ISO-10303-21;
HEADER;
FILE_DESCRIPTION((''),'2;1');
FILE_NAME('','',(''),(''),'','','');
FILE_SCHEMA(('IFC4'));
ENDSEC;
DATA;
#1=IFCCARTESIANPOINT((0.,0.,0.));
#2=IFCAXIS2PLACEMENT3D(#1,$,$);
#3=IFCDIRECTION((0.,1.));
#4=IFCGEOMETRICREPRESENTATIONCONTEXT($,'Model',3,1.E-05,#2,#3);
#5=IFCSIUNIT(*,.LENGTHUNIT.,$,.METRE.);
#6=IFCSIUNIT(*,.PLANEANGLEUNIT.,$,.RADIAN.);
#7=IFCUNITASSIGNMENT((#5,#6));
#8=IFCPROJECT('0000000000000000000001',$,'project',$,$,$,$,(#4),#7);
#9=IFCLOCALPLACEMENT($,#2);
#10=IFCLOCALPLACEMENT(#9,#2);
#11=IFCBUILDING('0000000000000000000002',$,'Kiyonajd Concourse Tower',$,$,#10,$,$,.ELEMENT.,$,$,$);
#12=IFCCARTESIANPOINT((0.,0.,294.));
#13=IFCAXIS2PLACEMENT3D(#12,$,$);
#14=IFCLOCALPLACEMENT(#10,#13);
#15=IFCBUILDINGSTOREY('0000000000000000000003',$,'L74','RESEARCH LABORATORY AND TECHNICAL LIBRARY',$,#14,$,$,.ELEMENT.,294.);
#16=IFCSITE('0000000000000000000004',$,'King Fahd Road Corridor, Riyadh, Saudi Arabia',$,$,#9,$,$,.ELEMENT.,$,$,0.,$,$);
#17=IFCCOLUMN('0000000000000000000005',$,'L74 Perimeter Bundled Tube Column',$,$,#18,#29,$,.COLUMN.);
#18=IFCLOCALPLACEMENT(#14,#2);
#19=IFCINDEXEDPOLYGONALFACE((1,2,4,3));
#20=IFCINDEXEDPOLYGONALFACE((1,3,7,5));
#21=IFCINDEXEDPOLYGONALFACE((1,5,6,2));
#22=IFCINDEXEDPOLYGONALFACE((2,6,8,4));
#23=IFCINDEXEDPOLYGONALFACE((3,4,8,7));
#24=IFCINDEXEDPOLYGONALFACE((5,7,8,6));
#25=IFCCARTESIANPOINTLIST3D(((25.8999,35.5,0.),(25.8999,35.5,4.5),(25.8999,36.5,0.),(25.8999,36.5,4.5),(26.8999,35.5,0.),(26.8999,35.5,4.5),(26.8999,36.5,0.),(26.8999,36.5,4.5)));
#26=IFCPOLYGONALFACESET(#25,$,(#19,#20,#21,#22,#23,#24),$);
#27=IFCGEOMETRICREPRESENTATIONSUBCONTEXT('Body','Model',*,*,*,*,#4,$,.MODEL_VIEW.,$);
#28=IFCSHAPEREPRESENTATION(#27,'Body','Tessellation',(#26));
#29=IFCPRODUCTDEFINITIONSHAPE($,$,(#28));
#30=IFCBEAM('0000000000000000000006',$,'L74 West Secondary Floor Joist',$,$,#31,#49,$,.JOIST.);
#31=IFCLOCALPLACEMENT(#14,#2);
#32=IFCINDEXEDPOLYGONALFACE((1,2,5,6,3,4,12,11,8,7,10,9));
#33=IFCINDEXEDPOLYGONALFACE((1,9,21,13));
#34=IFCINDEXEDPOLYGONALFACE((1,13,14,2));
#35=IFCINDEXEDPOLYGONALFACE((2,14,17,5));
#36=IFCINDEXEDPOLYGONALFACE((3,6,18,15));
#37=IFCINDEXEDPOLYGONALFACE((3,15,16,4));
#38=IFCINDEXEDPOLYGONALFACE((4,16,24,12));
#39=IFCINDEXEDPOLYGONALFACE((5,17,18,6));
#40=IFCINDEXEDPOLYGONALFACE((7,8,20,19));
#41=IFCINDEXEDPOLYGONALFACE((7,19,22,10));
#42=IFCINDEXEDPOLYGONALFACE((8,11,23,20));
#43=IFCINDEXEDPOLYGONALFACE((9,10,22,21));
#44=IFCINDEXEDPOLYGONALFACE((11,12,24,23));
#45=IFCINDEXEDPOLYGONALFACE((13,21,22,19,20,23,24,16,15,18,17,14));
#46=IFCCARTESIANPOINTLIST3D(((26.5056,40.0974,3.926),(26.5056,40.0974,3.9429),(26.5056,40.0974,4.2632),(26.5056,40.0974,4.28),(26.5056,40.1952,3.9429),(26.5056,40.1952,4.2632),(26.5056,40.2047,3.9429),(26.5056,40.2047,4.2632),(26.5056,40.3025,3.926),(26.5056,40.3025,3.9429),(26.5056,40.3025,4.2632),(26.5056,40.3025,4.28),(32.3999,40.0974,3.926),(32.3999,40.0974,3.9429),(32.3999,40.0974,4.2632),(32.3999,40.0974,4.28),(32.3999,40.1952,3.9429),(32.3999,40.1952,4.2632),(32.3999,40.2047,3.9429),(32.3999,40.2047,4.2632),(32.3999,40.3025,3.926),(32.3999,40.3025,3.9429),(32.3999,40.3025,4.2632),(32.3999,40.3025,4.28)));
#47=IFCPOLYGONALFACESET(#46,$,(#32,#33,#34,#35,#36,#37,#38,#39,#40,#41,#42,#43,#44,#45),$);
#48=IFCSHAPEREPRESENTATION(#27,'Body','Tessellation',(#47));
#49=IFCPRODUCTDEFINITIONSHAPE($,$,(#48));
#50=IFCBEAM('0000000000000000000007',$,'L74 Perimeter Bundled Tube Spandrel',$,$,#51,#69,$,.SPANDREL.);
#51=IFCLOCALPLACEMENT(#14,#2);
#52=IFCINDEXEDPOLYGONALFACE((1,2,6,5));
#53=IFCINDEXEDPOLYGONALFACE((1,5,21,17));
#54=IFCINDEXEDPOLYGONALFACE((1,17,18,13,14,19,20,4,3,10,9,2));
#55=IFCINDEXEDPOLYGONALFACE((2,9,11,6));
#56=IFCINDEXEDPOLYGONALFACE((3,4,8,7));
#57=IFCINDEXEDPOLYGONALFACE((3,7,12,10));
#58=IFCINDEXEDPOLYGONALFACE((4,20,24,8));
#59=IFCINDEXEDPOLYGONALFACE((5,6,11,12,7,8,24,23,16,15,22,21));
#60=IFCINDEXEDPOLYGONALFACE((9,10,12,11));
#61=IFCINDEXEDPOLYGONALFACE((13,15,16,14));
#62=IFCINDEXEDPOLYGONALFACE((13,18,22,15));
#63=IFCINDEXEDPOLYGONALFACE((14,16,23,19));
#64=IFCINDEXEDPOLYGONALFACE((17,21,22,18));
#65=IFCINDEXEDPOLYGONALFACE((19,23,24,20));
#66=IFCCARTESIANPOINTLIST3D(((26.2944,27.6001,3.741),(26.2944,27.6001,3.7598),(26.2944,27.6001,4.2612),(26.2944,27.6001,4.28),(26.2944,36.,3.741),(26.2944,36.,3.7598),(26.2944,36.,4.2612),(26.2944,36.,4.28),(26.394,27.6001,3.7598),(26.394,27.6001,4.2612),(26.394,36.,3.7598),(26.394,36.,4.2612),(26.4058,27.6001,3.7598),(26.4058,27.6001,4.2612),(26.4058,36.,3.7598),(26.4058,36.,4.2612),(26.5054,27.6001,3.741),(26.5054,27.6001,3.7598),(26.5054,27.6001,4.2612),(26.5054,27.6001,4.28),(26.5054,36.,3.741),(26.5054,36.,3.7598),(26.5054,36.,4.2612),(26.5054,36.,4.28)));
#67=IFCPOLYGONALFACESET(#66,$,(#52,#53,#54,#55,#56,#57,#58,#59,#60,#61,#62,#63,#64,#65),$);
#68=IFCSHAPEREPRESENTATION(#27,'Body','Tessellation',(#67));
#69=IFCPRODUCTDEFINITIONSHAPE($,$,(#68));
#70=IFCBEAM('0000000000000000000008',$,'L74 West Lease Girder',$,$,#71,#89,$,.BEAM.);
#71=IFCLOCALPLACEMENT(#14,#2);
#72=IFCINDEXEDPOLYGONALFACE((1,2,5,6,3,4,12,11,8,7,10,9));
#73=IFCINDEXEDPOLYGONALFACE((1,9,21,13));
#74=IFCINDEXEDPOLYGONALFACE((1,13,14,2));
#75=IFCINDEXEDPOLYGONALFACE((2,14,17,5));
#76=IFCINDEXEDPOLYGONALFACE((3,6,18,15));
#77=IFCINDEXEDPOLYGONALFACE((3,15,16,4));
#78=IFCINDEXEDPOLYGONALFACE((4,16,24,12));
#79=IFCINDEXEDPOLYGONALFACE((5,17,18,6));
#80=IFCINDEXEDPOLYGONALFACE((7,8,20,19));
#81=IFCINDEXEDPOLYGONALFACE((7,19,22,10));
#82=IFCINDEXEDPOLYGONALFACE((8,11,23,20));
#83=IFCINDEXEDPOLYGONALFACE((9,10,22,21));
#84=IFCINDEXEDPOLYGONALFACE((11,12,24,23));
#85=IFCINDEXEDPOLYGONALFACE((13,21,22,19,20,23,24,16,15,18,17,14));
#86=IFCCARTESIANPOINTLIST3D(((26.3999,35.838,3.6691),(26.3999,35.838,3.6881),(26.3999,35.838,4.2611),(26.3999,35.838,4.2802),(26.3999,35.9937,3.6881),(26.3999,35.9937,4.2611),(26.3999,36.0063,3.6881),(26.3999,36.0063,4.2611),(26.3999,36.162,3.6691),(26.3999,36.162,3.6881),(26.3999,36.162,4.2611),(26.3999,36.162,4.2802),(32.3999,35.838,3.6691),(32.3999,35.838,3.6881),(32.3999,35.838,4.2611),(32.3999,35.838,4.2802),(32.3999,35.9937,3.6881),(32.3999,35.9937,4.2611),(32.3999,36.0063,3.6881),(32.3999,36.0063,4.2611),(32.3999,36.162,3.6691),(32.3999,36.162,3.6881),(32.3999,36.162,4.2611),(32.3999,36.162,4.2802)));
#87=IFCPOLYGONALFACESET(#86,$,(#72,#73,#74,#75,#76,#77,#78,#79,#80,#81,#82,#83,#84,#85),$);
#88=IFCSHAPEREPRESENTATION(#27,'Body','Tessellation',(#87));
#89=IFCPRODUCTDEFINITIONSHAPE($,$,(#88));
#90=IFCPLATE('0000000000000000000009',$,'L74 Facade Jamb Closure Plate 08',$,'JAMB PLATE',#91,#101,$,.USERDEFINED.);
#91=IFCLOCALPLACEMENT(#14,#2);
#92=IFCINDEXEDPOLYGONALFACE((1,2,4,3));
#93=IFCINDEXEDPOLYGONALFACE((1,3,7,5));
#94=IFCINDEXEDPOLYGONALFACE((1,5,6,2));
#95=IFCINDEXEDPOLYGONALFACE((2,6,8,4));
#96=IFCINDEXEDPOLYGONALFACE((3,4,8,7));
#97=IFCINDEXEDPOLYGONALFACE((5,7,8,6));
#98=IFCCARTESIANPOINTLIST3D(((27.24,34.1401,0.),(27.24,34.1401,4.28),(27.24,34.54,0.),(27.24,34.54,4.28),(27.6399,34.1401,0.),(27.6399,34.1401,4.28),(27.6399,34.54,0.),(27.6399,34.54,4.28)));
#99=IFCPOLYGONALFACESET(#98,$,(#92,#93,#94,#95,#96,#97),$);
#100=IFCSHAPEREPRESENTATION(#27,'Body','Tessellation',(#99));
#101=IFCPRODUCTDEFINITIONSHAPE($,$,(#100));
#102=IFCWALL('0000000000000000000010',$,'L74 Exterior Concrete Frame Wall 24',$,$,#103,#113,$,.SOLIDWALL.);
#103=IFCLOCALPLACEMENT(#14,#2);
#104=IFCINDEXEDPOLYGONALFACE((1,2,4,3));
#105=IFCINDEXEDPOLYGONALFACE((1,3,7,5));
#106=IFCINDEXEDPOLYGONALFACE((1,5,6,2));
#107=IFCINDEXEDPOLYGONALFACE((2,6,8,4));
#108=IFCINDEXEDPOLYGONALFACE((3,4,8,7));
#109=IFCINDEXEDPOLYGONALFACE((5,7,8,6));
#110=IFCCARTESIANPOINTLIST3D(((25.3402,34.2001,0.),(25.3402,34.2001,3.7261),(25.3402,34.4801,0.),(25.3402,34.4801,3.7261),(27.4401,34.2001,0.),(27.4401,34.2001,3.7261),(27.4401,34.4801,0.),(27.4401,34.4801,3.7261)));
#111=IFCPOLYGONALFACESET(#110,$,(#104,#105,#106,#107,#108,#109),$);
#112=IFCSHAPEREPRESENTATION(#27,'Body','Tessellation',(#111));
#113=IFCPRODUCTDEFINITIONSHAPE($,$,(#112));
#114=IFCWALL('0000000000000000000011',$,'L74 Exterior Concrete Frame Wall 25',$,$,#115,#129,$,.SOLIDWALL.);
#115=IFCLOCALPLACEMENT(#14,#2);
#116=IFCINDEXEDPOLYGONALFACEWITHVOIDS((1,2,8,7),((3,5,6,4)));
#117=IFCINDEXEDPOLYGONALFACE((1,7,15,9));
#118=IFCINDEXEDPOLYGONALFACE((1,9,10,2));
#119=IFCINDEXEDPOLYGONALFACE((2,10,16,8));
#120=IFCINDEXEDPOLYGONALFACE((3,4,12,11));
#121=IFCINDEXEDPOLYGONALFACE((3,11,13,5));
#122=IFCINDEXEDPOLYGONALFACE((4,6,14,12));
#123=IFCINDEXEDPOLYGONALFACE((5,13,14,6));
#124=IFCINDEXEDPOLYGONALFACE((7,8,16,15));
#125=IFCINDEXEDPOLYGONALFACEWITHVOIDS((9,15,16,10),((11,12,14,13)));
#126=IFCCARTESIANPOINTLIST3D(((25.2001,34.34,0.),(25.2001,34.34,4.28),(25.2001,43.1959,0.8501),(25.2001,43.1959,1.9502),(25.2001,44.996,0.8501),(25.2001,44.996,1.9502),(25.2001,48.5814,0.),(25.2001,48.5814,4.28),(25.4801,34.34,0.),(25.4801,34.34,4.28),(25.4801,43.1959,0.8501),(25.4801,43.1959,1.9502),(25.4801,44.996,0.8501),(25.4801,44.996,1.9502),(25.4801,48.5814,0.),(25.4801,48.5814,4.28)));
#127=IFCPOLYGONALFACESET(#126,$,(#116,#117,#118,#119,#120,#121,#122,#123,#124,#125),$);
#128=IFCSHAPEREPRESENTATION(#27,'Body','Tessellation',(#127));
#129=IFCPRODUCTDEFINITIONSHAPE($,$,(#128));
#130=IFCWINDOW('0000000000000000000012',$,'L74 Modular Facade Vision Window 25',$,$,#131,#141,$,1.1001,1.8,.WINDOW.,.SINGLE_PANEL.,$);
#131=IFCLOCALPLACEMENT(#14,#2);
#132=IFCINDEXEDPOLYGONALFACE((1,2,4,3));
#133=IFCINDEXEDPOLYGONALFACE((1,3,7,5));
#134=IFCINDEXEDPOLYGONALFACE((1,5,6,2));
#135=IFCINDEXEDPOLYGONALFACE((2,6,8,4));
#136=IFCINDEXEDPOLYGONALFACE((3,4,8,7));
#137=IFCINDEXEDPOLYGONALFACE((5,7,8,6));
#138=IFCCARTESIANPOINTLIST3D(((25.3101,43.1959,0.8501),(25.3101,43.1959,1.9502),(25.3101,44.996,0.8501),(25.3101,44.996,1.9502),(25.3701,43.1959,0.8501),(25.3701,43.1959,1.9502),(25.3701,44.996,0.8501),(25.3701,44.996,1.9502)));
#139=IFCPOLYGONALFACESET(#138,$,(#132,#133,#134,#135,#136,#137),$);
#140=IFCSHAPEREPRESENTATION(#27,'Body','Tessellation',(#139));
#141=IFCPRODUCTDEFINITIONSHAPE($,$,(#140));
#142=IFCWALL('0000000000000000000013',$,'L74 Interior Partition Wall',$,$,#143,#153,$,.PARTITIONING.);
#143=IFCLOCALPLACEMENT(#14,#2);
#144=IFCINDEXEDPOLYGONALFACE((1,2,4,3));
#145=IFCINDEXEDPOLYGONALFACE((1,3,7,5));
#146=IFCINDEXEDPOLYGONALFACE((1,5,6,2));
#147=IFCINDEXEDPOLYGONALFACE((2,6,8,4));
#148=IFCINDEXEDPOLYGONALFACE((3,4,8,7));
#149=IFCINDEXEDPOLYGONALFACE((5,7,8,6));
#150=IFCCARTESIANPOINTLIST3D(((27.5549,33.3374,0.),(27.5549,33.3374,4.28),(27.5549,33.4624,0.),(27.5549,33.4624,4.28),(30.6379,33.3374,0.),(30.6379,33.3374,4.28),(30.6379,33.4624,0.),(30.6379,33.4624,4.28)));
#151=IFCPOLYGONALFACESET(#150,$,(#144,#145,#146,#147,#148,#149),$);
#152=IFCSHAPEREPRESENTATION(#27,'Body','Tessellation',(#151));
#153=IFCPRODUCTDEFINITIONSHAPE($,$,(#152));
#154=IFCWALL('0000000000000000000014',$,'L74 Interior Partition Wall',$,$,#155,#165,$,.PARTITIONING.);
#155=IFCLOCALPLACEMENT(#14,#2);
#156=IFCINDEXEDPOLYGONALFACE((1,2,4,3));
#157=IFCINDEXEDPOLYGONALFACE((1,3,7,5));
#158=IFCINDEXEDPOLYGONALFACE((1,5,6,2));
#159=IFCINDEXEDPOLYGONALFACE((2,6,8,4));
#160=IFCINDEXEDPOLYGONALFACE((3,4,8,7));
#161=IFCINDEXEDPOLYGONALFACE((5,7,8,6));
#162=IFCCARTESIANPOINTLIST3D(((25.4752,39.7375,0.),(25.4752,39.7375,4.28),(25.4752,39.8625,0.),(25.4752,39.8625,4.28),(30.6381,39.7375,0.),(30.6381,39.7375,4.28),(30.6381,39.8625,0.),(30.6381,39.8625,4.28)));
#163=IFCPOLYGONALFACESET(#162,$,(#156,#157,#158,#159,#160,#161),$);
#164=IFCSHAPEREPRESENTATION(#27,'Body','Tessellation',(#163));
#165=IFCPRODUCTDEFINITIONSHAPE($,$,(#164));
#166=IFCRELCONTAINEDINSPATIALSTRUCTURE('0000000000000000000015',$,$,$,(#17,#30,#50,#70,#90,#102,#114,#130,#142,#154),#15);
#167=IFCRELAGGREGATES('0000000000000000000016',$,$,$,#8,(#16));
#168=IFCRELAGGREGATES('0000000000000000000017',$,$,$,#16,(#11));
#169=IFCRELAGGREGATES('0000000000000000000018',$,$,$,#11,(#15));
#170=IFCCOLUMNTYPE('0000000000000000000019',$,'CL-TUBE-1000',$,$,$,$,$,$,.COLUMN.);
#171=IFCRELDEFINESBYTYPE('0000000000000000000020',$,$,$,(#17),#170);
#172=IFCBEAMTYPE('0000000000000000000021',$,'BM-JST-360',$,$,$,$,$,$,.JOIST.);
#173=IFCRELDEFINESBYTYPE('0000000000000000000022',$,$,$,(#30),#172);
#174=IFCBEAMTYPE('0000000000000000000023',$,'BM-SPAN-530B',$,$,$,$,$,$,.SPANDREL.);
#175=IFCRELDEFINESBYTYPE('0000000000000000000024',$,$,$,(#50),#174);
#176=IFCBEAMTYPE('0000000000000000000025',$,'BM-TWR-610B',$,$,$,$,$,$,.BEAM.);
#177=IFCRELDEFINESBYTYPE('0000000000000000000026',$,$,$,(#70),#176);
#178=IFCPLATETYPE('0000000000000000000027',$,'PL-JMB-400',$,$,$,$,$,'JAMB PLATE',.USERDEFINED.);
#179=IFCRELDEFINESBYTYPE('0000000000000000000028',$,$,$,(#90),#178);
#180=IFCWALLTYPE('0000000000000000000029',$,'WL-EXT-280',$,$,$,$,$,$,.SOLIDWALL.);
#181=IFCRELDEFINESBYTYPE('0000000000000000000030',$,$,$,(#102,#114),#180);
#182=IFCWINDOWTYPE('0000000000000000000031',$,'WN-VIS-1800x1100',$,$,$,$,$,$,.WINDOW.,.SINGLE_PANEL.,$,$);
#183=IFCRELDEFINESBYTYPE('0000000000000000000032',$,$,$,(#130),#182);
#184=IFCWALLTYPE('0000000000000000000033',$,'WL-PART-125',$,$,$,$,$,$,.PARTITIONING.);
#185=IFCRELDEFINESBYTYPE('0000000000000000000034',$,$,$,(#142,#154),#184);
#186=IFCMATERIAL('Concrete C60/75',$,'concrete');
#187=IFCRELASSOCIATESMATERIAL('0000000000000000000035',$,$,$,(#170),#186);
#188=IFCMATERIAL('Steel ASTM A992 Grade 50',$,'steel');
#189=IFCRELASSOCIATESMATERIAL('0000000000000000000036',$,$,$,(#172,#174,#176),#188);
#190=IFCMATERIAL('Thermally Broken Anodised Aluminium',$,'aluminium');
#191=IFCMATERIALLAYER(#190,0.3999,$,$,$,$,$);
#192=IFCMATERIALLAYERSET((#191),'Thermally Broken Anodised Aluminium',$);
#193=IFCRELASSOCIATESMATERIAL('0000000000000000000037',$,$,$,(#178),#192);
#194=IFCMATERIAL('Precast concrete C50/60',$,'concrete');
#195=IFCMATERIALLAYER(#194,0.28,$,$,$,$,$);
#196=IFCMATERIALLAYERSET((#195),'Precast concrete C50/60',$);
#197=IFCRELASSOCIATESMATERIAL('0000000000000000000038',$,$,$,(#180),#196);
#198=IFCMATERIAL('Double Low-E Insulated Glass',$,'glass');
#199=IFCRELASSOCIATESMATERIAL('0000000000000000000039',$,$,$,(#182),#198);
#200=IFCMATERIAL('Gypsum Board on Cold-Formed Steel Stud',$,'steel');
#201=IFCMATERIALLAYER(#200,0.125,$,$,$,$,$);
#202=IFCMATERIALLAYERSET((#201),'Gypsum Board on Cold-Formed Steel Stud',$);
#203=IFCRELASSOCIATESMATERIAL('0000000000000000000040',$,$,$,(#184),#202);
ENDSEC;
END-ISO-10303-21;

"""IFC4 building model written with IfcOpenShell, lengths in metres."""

from ifc_helpers import new_model, si_unit, direction, frame, frame_2d, origin, origin_2d, place, context, subcontext, project, spatial, rectangle, i_section, extrude, material, layer, layer_set, material_profile, profile_set, type_object, element, fill, save


model = new_model("IFC4")

# Units and contexts
model_context = context("Model", 3, precision=1e-05, world=origin(), true_north=direction((0.0, 1.0)))
body_context = subcontext(model_context, "Body", "Model", "MODEL_VIEW")
ifc_project = project(units=[si_unit("LENGTHUNIT", "METRE"), si_unit("PLANEANGLEUNIT", "RADIAN")], contexts=[model_context])

# Site, building, storey
site_placement = place(None, origin())
site = spatial("IfcSite", under=ifc_project, at=site_placement, Name="King Fahd Road Corridor, Riyadh, Saudi Arabia", CompositionType="ELEMENT", RefElevation=0.0)
building_placement = place(site_placement, origin())
building = spatial("IfcBuilding", under=site, at=building_placement, Name="Kiyonajd Concourse Tower", CompositionType="ELEMENT")
storey_placement = place(building_placement, frame((0.0, 0.0, 294.0)))
storey = spatial("IfcBuildingStorey", under=building, at=storey_placement, Name="L74", Description="RESEARCH LABORATORY AND TECHNICAL LIBRARY", CompositionType="ELEMENT", Elevation=294.0)

# Column
ifc_material_1 = material(Name="Concrete C60/75", Category="concrete")
ifc_material_profile_1 = material_profile(ifc_material_1, rectangle(XDim=1.0, YDim=1.0, at=origin_2d()), Name="RC-1000x1000")
ifc_profile_set_1 = profile_set([ifc_material_profile_1], Name="Concrete C60/75")
column_type = type_object("IfcColumnType", Name="CL-TUBE-1000", PredefinedType="COLUMN", material=ifc_profile_set_1)
column_placement = place(storey_placement, frame((26.3999, 36.0, 0.0), z_axis=(0.0, 0.0, 1.0), x_axis=(1.0, 0.0, 0.0)))
element("IfcColumn", 1, at=column_placement, inside=storey, type_object=column_type, Name="L74 Perimeter Bundled Tube Column", PredefinedType="COLUMN", context=body_context, shape_type="SweptSolid", body=[
    extrude(rectangle(XDim=1.0, YDim=1.0, at=origin_2d()), origin(), (0.0, 0.0, 1.0), 4.5),
])

# Beams
ifc_material_2 = material(Name="Steel ASTM A992 Grade 50", Category="steel")
ifc_material_profile_2 = material_profile(ifc_material_2, i_section(OverallWidth=0.2051, OverallDepth=0.354, WebThickness=0.0095, FlangeThickness=0.0168, at=origin_2d()), Name="W360X79")
ifc_profile_set_2 = profile_set([ifc_material_profile_2], Name="Steel ASTM A992 Grade 50")
beam_type_1 = type_object("IfcBeamType", Name="BM-JST-360", PredefinedType="JOIST", material=ifc_profile_set_2)
beam_1_placement = place(storey_placement, frame((26.5056, 40.2, 4.103), z_axis=(1.0, 0.0, 0.0), x_axis=(0.0, 1.0, 0.0)))
element("IfcBeam", 2, at=beam_1_placement, inside=storey, type_object=beam_type_1, Name="L74 West Secondary Floor Joist", PredefinedType="JOIST", context=body_context, shape_type="SweptSolid", body=[
    extrude(i_section(OverallWidth=0.2051, OverallDepth=0.354, WebThickness=0.0095, FlangeThickness=0.0168, at=origin_2d()), origin(), (0.0, 0.0, 1.0), 5.8943),
])
ifc_material_profile_3 = material_profile(ifc_material_2, i_section(OverallWidth=0.2109, OverallDepth=0.5391, WebThickness=0.0117, FlangeThickness=0.0188, at=origin_2d()), Name="W530X109")
ifc_profile_set_3 = profile_set([ifc_material_profile_3], Name="Steel ASTM A992 Grade 50")
beam_type_2 = type_object("IfcBeamType", Name="BM-SPAN-530B", PredefinedType="SPANDREL", material=ifc_profile_set_3)
beam_2_placement = place(storey_placement, frame((26.3999, 36.0, 4.0105), z_axis=(0.0, -1.0, 0.0), x_axis=(1.0, 0.0, 0.0)))
element("IfcBeam", 3, at=beam_2_placement, inside=storey, type_object=beam_type_2, Name="L74 Perimeter Bundled Tube Spandrel", PredefinedType="SPANDREL", context=body_context, shape_type="SweptSolid", body=[
    extrude(i_section(OverallWidth=0.2109, OverallDepth=0.5391, WebThickness=0.0117, FlangeThickness=0.0188, at=origin_2d()), origin(), (0.0, 0.0, 1.0), 8.3999),
])
ifc_material_profile_4 = material_profile(ifc_material_2, i_section(OverallWidth=0.324, OverallDepth=0.6111, WebThickness=0.0127, FlangeThickness=0.019, at=origin_2d()), Name="W610X155")
ifc_profile_set_4 = profile_set([ifc_material_profile_4], Name="Steel ASTM A992 Grade 50")
beam_type_3 = type_object("IfcBeamType", Name="BM-TWR-610B", PredefinedType="BEAM", material=ifc_profile_set_4)
beam_3_placement = place(storey_placement, frame((26.3999, 36.0, 3.9746), z_axis=(1.0, 0.0, 0.0), x_axis=(0.0, 1.0, 0.0)))
element("IfcBeam", 4, at=beam_3_placement, inside=storey, type_object=beam_type_3, Name="L74 West Lease Girder", PredefinedType="BEAM", context=body_context, shape_type="SweptSolid", body=[
    extrude(i_section(OverallWidth=0.324, OverallDepth=0.6111, WebThickness=0.0127, FlangeThickness=0.019, at=origin_2d()), origin(), (0.0, 0.0, 1.0), 6.0),
])

# Plate
ifc_material_3 = material(Name="Thermally Broken Anodised Aluminium", Category="aluminium")
ifc_layer_1 = layer(ifc_material_3, 0.3999)
ifc_layer_set_1 = layer_set([ifc_layer_1], Name="Thermally Broken Anodised Aluminium")
plate_type = type_object("IfcPlateType", Name="PL-JMB-400", ElementType="JAMB PLATE", PredefinedType="USERDEFINED", material=ifc_layer_set_1)
plate_placement = place(storey_placement, frame((27.4399, 34.3401, 0.0), z_axis=(0.0, 0.0, 1.0), x_axis=(1.0, 0.0, 0.0)))
element("IfcPlate", 5, at=plate_placement, inside=storey, type_object=plate_type, Name="L74 Facade Jamb Closure Plate 08", ObjectType="JAMB PLATE", PredefinedType="USERDEFINED", context=body_context, shape_type="SweptSolid", body=[
    extrude(rectangle(XDim=0.3999, YDim=0.3999, at=origin_2d()), origin(), (0.0, 0.0, 1.0), 4.28),
])

# Wall
ifc_material_4 = material(Name="Precast concrete C50/60", Category="concrete")
ifc_layer_2 = layer(ifc_material_4, 0.28)
ifc_layer_set_2 = layer_set([ifc_layer_2], Name="Precast concrete C50/60")
wall_type_1 = type_object("IfcWallType", Name="WL-EXT-280", PredefinedType="SOLIDWALL", material=ifc_layer_set_2)
wall_1_placement = place(storey_placement, frame((27.4399, 34.3401, 0.0), z_axis=(0.0, 0.0, 1.0), x_axis=(-1.0, 0.0, 0.0)))
element("IfcWall", 6, at=wall_1_placement, inside=storey, type_object=wall_type_1, Name="L74 Exterior Concrete Frame Wall 24", PredefinedType="SOLIDWALL", context=body_context, shape_type="SweptSolid", body=[
    extrude(rectangle(XDim=2.0999, YDim=0.28, at=frame_2d((1.0498, 0.0))), origin(), (0.0, 0.0, 1.0), 3.7261),
])

# Wall, opening, window
wall_2_placement = place(storey_placement, frame((25.3401, 34.3401, 0.0), z_axis=(0.0, 0.0, 1.0), x_axis=(0.0, 1.0, 0.0)))
wall_2 = element("IfcWall", 7, at=wall_2_placement, inside=storey, type_object=wall_type_1, Name="L74 Exterior Concrete Frame Wall 25", PredefinedType="SOLIDWALL", context=body_context, shape_type="SweptSolid", body=[
    extrude(rectangle(XDim=14.2415, YDim=0.28, at=frame_2d((7.1206, 0.0))), origin(), (0.0, 0.0, 1.0), 4.28),
])
opening_1_placement = place(wall_2_placement, frame((8.856, 0.0, 0.8501)))
opening_1 = element("IfcOpeningElement", 8, at=opening_1_placement, cuts=wall_2, PredefinedType="OPENING", context=body_context, shape_type="SweptSolid", body=[
    extrude(rectangle(XDim=1.8, YDim=1.1001, at=frame_2d((0.8999, 0.55))), frame((0.0, 0.1499, 0.0), z_axis=(0.0, -1.0, 0.0), x_axis=(1.0, 0.0, 0.0)), (0.0, 0.0, 1.0), 0.3),
])
ifc_material_5 = material(Name="Double Low-E Insulated Glass", Category="glass")
window_type = type_object("IfcWindowType", Name="WN-VIS-1800x1100", PartitioningType="SINGLE_PANEL", PredefinedType="WINDOW", material=ifc_material_5)
window_placement = place(opening_1_placement, origin())
window = element("IfcWindow", 9, at=window_placement, inside=storey, type_object=window_type, Name="L74 Modular Facade Vision Window 25", OverallHeight=1.1001, OverallWidth=1.8, PartitioningType="SINGLE_PANEL", PredefinedType="WINDOW", context=body_context, shape_type="SweptSolid", body=[
    extrude(rectangle(XDim=1.8, YDim=1.1001, at=frame_2d((0.8999, 0.55))), frame((0.0, 0.03, 0.0), z_axis=(0.0, -1.0, 0.0), x_axis=(1.0, 0.0, 0.0)), (0.0, 0.0, 1.0), 0.0601),
])
fill(opening_1, window)

# Walls
ifc_material_6 = material(Name="Gypsum Board on Cold-Formed Steel Stud", Category="steel")
ifc_layer_3 = layer(ifc_material_6, 0.125)
ifc_layer_set_3 = layer_set([ifc_layer_3], Name="Gypsum Board on Cold-Formed Steel Stud")
wall_type_2 = type_object("IfcWallType", Name="WL-PART-125", PredefinedType="PARTITIONING", material=ifc_layer_set_3)
wall_3_placement = place(storey_placement, frame((27.5549, 33.3999, 0.0), z_axis=(0.0, 0.0, 1.0), x_axis=(1.0, 0.0, 0.0)))
element("IfcWall", 10, at=wall_3_placement, inside=storey, type_object=wall_type_2, Name="L74 Interior Partition Wall", PredefinedType="PARTITIONING", context=body_context, shape_type="SweptSolid", body=[
    extrude(rectangle(XDim=3.083, YDim=0.125, at=frame_2d((1.5415, 0.0))), origin(), (0.0, 0.0, 1.0), 4.28),
])
wall_4_placement = place(storey_placement, frame((25.4751, 39.8, 0.0), z_axis=(0.0, 0.0, 1.0), x_axis=(1.0, 0.0, 0.0)))
element("IfcWall", 11, at=wall_4_placement, inside=storey, type_object=wall_type_2, Name="L74 Interior Partition Wall", PredefinedType="PARTITIONING", context=body_context, shape_type="SweptSolid", body=[
    extrude(rectangle(XDim=5.1628, YDim=0.125, at=frame_2d((2.5815, 0.0))), origin(), (0.0, 0.0, 1.0), 4.28),
])

save(model, "model.ifc")
